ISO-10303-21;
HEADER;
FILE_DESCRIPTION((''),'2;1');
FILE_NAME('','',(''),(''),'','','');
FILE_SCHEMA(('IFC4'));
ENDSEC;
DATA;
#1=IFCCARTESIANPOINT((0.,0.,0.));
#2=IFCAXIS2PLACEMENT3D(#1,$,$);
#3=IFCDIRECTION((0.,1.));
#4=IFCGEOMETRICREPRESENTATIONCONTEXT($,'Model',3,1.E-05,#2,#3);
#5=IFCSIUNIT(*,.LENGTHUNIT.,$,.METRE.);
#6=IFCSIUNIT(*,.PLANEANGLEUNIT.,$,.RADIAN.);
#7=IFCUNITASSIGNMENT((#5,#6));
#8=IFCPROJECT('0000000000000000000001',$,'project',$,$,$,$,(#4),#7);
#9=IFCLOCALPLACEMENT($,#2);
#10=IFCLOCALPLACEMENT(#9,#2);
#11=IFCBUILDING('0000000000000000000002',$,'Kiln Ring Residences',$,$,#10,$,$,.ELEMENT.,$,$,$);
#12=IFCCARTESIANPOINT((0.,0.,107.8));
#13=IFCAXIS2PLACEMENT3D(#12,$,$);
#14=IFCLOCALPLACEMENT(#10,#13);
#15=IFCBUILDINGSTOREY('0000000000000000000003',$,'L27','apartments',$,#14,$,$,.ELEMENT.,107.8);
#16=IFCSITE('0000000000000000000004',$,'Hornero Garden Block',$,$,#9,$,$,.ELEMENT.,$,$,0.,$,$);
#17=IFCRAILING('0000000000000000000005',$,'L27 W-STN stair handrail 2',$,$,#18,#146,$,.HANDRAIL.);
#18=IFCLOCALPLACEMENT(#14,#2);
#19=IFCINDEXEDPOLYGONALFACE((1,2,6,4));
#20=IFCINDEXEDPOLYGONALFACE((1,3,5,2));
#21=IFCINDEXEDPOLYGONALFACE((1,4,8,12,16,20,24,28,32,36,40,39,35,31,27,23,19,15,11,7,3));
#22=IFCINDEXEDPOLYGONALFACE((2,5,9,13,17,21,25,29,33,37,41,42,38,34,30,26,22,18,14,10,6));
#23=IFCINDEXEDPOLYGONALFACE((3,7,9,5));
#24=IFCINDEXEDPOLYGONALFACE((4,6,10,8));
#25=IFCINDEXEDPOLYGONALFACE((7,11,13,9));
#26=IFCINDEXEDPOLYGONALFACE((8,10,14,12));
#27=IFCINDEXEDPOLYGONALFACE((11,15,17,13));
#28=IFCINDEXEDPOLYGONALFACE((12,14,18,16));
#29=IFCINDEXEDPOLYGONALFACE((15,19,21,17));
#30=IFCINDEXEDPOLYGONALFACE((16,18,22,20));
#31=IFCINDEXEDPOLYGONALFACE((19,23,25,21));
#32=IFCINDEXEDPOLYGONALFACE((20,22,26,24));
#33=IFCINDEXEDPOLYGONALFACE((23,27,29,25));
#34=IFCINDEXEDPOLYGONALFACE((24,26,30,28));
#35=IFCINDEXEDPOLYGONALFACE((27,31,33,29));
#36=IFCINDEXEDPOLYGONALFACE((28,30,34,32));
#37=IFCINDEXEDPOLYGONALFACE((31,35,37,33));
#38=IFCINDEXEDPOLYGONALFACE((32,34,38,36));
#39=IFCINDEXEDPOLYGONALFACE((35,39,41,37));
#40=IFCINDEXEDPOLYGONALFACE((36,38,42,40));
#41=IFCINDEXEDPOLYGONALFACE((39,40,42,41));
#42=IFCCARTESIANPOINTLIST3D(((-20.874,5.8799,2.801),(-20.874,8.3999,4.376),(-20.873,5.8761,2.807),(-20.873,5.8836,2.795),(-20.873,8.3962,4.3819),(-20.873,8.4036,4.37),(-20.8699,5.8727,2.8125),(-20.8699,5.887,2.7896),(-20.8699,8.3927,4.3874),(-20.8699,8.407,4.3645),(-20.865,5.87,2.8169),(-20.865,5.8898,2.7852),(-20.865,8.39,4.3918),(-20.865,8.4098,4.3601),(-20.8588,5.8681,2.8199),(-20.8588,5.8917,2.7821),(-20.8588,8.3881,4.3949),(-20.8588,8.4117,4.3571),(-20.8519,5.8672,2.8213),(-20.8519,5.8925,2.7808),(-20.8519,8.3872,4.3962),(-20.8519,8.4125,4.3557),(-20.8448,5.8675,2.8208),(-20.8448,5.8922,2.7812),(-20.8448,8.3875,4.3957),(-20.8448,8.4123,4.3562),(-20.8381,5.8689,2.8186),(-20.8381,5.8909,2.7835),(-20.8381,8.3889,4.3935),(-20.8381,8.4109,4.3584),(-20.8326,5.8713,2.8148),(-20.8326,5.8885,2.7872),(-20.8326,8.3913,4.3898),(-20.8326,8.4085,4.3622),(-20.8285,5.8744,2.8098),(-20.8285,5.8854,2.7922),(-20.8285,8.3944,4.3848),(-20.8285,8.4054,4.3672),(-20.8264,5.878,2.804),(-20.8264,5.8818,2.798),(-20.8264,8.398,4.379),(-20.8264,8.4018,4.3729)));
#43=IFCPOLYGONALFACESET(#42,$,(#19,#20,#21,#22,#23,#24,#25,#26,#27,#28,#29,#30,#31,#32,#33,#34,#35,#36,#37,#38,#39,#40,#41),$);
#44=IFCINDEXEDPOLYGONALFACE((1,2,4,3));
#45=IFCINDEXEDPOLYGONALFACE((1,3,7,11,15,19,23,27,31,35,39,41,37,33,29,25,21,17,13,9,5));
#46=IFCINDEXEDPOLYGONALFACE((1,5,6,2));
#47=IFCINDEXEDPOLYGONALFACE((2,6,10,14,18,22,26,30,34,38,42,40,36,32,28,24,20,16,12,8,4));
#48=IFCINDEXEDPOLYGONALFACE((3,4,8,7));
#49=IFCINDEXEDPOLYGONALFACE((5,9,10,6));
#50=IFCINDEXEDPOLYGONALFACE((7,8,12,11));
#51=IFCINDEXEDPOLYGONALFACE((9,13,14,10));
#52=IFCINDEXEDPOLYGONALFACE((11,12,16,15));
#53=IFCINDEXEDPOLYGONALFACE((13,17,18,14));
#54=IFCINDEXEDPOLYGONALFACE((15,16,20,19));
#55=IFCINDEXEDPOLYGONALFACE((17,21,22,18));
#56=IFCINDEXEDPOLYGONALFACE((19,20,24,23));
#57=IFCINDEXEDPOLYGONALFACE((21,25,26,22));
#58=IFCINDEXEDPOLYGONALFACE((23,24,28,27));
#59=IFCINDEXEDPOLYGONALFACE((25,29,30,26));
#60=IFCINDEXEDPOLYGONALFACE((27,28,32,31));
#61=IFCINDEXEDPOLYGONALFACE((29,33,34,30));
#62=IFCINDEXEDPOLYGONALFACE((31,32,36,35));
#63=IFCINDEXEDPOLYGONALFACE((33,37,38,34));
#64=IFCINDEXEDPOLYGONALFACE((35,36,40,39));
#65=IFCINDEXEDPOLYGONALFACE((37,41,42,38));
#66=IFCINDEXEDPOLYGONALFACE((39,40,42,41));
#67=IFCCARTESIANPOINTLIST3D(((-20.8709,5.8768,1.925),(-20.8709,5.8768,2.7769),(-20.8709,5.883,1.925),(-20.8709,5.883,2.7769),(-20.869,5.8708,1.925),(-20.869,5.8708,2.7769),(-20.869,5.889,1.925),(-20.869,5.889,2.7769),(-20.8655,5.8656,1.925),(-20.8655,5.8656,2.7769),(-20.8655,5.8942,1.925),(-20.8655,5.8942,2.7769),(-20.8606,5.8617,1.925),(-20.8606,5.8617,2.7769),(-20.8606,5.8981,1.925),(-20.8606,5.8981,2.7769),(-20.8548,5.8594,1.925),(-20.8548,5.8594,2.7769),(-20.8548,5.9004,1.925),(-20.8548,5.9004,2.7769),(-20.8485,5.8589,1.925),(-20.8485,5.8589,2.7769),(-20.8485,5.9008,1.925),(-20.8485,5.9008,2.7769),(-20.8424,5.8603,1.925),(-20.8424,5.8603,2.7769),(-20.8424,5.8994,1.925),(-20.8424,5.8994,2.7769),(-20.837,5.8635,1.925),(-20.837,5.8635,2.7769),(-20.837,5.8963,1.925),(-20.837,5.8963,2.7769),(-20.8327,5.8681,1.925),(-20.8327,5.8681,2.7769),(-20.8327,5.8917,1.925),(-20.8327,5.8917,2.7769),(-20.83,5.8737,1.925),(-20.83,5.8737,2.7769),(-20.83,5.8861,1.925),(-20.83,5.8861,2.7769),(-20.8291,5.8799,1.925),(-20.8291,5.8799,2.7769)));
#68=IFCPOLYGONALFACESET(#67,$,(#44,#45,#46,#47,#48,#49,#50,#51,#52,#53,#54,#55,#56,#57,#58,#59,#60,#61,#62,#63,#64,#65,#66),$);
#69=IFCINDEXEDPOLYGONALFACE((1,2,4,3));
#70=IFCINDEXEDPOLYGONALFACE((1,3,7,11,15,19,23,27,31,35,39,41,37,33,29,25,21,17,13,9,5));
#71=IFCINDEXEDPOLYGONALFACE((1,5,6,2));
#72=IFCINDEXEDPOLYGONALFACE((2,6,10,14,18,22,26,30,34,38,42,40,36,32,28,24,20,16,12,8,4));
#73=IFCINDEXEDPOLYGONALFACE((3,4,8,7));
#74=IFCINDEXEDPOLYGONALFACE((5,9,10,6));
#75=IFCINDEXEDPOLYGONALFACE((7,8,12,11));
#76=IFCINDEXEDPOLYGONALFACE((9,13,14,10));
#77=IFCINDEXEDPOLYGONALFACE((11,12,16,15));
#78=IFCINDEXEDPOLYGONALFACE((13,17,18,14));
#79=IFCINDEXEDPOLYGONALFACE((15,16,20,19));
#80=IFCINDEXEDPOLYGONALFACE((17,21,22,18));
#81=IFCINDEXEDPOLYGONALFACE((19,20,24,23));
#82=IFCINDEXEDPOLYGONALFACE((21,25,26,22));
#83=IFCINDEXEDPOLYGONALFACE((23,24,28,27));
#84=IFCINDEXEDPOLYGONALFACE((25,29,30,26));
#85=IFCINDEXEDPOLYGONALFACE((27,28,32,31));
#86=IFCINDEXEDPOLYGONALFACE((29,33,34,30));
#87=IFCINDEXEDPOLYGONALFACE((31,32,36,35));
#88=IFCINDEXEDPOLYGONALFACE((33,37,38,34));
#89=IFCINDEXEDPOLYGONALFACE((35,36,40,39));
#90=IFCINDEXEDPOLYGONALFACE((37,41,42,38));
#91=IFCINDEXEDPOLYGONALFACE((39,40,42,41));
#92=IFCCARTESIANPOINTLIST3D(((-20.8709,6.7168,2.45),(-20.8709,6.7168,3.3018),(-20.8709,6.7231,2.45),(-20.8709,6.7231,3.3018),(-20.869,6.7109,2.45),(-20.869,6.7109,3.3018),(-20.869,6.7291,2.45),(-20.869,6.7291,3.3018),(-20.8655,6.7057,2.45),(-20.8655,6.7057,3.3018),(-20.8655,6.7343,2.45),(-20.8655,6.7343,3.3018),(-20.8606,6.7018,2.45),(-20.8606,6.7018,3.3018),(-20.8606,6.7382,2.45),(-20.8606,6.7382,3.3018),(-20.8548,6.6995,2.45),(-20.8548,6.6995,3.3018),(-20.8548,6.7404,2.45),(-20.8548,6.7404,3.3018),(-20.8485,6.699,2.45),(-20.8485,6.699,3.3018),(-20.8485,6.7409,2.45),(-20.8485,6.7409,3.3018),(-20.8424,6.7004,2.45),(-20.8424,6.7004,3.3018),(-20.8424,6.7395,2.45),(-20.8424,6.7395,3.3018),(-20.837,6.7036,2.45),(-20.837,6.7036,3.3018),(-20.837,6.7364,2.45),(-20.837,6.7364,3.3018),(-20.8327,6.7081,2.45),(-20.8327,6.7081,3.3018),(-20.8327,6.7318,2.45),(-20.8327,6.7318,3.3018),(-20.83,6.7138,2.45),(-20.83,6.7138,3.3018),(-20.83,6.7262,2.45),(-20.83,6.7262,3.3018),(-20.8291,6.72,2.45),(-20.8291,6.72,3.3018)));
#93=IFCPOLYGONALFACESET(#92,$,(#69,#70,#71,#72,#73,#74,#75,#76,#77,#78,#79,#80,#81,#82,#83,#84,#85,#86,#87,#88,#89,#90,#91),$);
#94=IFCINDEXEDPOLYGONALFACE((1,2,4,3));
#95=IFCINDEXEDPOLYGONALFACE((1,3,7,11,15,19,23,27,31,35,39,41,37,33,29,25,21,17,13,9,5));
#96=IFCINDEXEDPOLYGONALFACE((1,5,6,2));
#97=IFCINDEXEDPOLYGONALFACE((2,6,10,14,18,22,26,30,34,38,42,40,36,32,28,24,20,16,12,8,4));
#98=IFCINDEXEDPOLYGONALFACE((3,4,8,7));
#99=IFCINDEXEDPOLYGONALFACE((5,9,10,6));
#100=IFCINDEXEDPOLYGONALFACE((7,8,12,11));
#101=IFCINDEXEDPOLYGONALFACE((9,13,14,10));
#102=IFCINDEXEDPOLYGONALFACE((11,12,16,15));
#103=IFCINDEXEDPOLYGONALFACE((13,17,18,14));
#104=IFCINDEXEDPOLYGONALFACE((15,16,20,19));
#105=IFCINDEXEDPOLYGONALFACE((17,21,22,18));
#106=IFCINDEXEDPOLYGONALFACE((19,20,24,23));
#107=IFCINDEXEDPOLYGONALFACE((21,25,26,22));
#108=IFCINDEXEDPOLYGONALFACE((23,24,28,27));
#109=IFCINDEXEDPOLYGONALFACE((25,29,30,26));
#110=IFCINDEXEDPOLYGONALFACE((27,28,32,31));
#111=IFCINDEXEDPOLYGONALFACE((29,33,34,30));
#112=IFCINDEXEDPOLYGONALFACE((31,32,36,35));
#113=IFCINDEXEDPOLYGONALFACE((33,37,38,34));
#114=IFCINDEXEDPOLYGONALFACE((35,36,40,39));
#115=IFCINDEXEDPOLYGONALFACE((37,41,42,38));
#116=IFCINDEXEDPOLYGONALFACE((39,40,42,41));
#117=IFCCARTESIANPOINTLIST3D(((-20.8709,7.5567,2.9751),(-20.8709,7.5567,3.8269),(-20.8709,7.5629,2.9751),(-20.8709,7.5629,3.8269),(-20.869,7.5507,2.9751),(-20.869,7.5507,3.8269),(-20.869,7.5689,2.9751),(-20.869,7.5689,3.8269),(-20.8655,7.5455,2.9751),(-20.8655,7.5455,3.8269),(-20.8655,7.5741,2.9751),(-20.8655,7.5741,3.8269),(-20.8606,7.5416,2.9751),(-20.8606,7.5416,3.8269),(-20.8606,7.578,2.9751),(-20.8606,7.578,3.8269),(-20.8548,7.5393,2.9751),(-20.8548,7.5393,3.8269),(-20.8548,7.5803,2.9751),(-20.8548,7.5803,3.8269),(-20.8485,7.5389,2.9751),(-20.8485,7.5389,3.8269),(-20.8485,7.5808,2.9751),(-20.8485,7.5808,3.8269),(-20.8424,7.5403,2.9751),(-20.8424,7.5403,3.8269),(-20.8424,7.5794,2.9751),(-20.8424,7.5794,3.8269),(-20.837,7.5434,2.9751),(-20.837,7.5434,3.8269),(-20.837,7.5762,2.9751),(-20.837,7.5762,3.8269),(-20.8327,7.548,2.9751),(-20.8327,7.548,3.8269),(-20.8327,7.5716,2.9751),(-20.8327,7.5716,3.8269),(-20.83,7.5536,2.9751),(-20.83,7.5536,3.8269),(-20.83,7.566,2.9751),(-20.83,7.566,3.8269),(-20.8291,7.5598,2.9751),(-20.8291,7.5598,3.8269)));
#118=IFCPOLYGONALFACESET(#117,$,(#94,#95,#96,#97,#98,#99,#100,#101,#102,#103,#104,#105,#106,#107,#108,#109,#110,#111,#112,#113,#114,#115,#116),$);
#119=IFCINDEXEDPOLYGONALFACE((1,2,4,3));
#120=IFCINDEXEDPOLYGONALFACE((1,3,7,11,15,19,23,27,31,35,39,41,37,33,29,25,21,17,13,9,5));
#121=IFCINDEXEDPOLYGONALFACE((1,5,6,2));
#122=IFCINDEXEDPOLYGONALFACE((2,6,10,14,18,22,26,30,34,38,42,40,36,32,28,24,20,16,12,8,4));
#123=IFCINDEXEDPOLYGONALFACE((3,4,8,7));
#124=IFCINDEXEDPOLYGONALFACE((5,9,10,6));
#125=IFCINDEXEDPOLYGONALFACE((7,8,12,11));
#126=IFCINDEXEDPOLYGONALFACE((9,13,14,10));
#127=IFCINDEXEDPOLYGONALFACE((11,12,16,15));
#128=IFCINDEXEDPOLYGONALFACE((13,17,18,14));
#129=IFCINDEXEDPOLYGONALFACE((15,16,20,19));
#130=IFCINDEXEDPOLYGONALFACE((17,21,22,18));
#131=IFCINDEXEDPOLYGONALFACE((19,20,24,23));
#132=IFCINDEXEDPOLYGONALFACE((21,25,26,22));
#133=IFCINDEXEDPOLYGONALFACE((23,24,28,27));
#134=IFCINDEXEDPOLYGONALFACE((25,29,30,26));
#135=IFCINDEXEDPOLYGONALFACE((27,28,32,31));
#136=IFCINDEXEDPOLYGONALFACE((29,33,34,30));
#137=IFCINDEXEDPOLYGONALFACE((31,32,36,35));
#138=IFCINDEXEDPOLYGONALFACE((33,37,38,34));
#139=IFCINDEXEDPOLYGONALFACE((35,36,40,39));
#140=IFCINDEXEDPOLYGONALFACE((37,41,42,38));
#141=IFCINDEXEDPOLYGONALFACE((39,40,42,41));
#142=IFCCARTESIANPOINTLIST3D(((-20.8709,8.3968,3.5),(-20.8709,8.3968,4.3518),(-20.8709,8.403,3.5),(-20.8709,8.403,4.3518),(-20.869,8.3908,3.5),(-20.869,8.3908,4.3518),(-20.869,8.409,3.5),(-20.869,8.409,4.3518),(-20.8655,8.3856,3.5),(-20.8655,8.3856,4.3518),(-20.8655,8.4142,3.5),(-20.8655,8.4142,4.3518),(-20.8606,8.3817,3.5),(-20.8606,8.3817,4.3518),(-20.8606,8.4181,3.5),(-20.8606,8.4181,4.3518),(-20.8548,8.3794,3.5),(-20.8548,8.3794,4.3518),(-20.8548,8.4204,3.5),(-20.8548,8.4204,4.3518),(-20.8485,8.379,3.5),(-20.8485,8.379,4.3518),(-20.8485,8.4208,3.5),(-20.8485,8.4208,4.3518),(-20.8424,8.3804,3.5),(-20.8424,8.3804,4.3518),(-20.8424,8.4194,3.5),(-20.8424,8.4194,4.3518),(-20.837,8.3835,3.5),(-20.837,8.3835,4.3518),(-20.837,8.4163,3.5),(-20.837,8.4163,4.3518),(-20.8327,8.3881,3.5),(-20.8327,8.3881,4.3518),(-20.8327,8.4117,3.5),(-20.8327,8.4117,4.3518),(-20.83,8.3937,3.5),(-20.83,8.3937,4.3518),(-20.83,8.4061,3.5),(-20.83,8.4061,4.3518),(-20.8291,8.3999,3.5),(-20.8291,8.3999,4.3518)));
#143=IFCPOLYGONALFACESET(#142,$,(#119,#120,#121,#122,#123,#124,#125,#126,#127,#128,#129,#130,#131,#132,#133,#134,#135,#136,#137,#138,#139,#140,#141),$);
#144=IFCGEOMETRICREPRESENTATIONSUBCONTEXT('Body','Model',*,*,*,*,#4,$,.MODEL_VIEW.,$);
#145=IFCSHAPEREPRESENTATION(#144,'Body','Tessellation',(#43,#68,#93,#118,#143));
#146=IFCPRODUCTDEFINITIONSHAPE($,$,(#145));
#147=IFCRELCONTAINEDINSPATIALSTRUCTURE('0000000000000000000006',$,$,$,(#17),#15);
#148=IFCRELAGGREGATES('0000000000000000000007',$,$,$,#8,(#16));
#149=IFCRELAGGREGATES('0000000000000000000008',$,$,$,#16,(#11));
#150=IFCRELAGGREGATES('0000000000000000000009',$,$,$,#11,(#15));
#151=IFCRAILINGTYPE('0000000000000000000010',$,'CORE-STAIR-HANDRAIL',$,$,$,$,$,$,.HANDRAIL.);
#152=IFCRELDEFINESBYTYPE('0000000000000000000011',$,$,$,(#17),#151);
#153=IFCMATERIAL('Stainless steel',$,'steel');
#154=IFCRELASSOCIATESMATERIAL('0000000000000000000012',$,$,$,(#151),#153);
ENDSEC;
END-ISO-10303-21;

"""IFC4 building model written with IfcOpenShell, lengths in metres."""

from ifc_helpers import new_model, si_unit, direction, frame, origin, origin_2d, place, context, subcontext, project, spatial, circle, extrude, material, type_object, element, save


model = new_model("IFC4")

# Units and contexts
model_context = context("Model", 3, precision=1e-05, world=origin(), true_north=direction((0.0, 1.0)))
body_context = subcontext(model_context, "Body", "Model", "MODEL_VIEW")
ifc_project = project(units=[si_unit("LENGTHUNIT", "METRE"), si_unit("PLANEANGLEUNIT", "RADIAN")], contexts=[model_context])

# Site, building, storey
site_placement = place(None, origin())
site = spatial("IfcSite", under=ifc_project, at=site_placement, Name="Hornero Garden Block", CompositionType="ELEMENT", RefElevation=0.0)
building_placement = place(site_placement, origin())
building = spatial("IfcBuilding", under=site, at=building_placement, Name="Kiln Ring Residences", CompositionType="ELEMENT")
storey_placement = place(building_placement, frame((0.0, 0.0, 107.8)))
storey = spatial("IfcBuildingStorey", under=building, at=storey_placement, Name="L27", Description="apartments", CompositionType="ELEMENT", Elevation=107.8)

# Railing
ifc_material_1 = material(Name="Stainless steel", Category="steel")
railing_type_1 = type_object("IfcRailingType", Name="CORE-STAIR-HANDRAIL", PredefinedType="HANDRAIL", material=ifc_material_1)
railing_1_placement = place(storey_placement, frame((-20.8501, 5.8799, 1.925)))
element("IfcRailing", 1, at=railing_1_placement, inside=storey, type_object=railing_type_1, Name="L27 W-STN stair handrail 2", PredefinedType="HANDRAIL", context=body_context, shape_type="SweptSolid", body=[
    extrude(circle(Radius=0.0239, at=origin_2d()), frame((0.0, 0.0, 0.876), z_axis=(0.0, 0.848008, 0.529984), x_axis=(-1.0, 0.0, 0.0)), (0.0, 0.0, 1.0), 2.9717),
    extrude(circle(Radius=0.021, at=origin_2d()), origin(), (0.0, 0.0, 1.0), 0.8518),
    extrude(circle(Radius=0.021, at=origin_2d()), frame((0.0, 0.8401, 0.5249)), (0.0, 0.0, 1.0), 0.8518),
    extrude(circle(Radius=0.021, at=origin_2d()), frame((0.0, 1.6799, 1.05)), (0.0, 0.0, 1.0), 0.8518),
    extrude(circle(Radius=0.021, at=origin_2d()), frame((0.0, 2.52, 1.575)), (0.0, 0.0, 1.0), 0.8518),
])

save(model, "model.ifc")
